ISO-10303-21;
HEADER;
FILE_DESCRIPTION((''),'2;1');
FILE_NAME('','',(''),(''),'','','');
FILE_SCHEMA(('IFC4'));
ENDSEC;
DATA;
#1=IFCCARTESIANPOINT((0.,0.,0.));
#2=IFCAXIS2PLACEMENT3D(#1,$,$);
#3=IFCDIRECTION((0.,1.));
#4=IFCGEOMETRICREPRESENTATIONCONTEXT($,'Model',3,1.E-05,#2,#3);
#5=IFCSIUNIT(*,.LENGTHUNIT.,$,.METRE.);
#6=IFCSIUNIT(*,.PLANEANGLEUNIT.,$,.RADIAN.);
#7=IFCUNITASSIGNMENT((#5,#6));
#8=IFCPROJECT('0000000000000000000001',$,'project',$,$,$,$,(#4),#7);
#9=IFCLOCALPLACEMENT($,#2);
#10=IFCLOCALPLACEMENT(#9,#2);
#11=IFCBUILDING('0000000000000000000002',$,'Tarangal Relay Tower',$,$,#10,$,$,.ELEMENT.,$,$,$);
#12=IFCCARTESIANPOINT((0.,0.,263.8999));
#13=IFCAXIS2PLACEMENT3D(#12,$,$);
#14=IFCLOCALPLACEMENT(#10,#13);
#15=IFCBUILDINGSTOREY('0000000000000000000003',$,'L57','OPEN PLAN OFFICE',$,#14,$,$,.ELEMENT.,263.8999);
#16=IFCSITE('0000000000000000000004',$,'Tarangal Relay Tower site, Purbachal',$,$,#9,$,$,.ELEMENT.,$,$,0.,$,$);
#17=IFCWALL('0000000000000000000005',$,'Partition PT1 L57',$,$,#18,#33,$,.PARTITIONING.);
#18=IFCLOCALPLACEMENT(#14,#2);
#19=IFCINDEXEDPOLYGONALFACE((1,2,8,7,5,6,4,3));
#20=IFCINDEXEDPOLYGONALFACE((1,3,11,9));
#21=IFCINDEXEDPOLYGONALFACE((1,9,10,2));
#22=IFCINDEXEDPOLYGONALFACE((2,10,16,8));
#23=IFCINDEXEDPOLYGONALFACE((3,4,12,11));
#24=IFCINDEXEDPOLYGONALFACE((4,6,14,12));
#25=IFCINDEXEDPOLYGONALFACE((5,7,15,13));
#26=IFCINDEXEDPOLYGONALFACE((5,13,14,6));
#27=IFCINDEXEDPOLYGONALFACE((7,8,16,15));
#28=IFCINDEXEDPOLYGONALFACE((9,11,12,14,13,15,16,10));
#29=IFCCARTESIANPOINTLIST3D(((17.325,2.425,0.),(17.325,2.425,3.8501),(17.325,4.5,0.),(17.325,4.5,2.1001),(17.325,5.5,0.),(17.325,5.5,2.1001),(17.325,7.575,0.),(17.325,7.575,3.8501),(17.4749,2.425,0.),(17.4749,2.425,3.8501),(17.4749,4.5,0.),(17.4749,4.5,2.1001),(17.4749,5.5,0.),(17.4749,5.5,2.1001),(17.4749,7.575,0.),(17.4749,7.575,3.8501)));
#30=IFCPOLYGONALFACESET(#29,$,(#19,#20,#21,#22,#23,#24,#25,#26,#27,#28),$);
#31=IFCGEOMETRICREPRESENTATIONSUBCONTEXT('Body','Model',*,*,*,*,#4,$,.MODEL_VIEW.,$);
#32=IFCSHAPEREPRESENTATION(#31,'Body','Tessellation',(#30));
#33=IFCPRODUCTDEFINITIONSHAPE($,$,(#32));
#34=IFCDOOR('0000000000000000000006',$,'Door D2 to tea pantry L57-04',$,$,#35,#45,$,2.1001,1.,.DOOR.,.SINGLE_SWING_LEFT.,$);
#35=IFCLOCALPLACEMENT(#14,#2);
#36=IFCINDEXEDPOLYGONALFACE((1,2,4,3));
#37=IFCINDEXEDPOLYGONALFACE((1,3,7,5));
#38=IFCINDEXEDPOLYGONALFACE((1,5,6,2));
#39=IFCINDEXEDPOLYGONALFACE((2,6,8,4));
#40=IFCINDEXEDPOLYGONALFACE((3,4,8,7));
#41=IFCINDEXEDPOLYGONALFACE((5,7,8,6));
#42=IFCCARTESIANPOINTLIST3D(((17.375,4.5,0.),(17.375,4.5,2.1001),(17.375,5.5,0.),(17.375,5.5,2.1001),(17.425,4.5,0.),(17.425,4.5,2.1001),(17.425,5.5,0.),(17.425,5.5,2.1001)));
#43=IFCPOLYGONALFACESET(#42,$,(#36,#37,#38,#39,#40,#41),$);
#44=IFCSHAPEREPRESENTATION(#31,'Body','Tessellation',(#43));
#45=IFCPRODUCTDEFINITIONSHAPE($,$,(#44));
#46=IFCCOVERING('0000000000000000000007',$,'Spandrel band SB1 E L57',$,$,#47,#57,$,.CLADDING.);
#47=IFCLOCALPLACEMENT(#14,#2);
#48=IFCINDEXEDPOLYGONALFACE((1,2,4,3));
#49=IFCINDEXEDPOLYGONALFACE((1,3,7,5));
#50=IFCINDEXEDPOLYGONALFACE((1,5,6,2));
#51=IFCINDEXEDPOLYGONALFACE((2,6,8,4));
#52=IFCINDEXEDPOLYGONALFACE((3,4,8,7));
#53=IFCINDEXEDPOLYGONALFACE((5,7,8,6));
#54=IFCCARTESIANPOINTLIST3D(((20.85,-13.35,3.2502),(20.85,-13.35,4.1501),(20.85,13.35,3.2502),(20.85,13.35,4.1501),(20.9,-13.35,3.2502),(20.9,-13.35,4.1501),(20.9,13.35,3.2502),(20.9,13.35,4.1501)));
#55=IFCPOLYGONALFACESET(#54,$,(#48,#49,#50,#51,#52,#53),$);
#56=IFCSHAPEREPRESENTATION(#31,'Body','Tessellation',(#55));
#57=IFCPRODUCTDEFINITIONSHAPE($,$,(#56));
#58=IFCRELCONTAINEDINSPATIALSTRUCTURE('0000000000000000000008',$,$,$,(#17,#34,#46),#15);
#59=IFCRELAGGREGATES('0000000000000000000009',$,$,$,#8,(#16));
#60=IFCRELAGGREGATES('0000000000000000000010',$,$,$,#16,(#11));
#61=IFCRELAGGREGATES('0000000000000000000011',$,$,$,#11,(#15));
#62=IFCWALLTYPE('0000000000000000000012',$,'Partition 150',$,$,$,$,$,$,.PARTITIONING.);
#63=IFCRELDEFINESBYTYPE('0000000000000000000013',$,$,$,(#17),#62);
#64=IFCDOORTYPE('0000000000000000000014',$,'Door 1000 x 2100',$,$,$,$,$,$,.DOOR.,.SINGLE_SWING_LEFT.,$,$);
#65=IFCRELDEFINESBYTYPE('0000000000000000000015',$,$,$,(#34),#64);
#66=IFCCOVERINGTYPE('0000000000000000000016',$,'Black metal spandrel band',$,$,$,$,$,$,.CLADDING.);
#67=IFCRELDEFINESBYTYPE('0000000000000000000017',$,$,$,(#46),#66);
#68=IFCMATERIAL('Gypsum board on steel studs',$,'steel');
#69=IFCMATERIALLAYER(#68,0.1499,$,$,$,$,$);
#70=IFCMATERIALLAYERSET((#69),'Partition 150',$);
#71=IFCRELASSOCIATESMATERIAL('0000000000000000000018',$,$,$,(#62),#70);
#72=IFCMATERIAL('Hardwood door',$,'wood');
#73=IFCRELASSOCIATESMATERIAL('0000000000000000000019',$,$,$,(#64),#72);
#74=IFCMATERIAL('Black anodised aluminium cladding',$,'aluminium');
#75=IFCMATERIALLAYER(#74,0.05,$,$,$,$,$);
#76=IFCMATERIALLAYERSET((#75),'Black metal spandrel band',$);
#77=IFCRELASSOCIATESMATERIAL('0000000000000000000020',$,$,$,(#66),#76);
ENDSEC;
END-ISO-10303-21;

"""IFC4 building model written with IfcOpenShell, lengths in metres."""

from ifc_helpers import new_model, si_unit, direction, frame, frame_2d, origin, origin_2d, place, context, subcontext, project, spatial, rectangle, extrude, material, layer, layer_set, type_object, element, fill, save


model = new_model("IFC4")

# Units and contexts
model_context = context("Model", 3, precision=1e-05, world=origin(), true_north=direction((0.0, 1.0)))
body_context = subcontext(model_context, "Body", "Model", "MODEL_VIEW")
ifc_project = project(units=[si_unit("LENGTHUNIT", "METRE"), si_unit("PLANEANGLEUNIT", "RADIAN")], contexts=[model_context])

# Site, building, storey
site_placement = place(None, origin())
site = spatial("IfcSite", under=ifc_project, at=site_placement, Name="Tarangal Relay Tower site, Purbachal", CompositionType="ELEMENT", RefElevation=0.0)
building_placement = place(site_placement, origin())
building = spatial("IfcBuilding", under=site, at=building_placement, Name="Tarangal Relay Tower", CompositionType="ELEMENT")
storey_placement = place(building_placement, frame((0.0, 0.0, 263.8999)))
storey = spatial("IfcBuildingStorey", under=building, at=storey_placement, Name="L57", Description="OPEN PLAN OFFICE", CompositionType="ELEMENT", Elevation=263.8999)

# Shared definitions
ifc_material_1 = material(Name="Gypsum board on steel studs", Category="steel")
ifc_layer_1 = layer(ifc_material_1, 0.1499)
ifc_layer_set_1 = layer_set([ifc_layer_1], Name="Partition 150")
wall_type_1 = type_object("IfcWallType", Name="Partition 150", PredefinedType="PARTITIONING", material=ifc_layer_set_1)

# Wall, opening, door
wall_1_placement = place(storey_placement, frame((17.3999, 2.425, 0.0), z_axis=(0.0, 0.0, 1.0), x_axis=(0.0, 1.0, 0.0)))
wall_1 = element("IfcWall", 1, at=wall_1_placement, inside=storey, type_object=wall_type_1, Name="Partition PT1 L57", PredefinedType="PARTITIONING", context=body_context, shape_type="SweptSolid", body=[
    extrude(rectangle(XDim=5.1499, YDim=0.1499, at=frame_2d((2.575, 0.0))), origin(), (0.0, 0.0, 1.0), 3.8501),
])
opening_placement = place(wall_1_placement, frame((2.075, 0.0, 0.0)))
opening = element("IfcOpeningElement", 2, at=opening_placement, cuts=wall_1, PredefinedType="OPENING", context=body_context, shape_type="SweptSolid", body=[
    extrude(rectangle(XDim=1.0, YDim=2.1001, at=frame_2d((0.5, 1.05))), frame((0.0, 0.085, 0.0), z_axis=(0.0, -1.0, 0.0), x_axis=(1.0, 0.0, 0.0)), (0.0, 0.0, 1.0), 0.1699),
])
ifc_material_2 = material(Name="Hardwood door", Category="wood")
door_type = type_object("IfcDoorType", Name="Door 1000 x 2100", OperationType="SINGLE_SWING_LEFT", PredefinedType="DOOR", material=ifc_material_2)
door_placement = place(opening_placement, origin())
door = element("IfcDoor", 3, at=door_placement, inside=storey, type_object=door_type, Name="Door D2 to tea pantry L57-04", OperationType="SINGLE_SWING_LEFT", OverallHeight=2.1001, OverallWidth=1.0, PredefinedType="DOOR", context=body_context, shape_type="SweptSolid", body=[
    extrude(rectangle(XDim=1.0, YDim=2.1001, at=frame_2d((0.5, 1.05))), frame((0.0, 0.0249, 0.0), z_axis=(0.0, -1.0, 0.0), x_axis=(1.0, 0.0, 0.0)), (0.0, 0.0, 1.0), 0.05),
])
fill(opening, door)

# Covering
ifc_material_3 = material(Name="Black anodised aluminium cladding", Category="aluminium")
ifc_layer_2 = layer(ifc_material_3, 0.05)
ifc_layer_set_2 = layer_set([ifc_layer_2], Name="Black metal spandrel band")
covering_type = type_object("IfcCoveringType", Name="Black metal spandrel band", PredefinedType="CLADDING", material=ifc_layer_set_2)
covering_placement = place(storey_placement, frame((20.875, 0.0, 3.2502), z_axis=(0.0, 0.0, 1.0), x_axis=(0.0, -1.0, 0.0)))
element("IfcCovering", 4, at=covering_placement, inside=storey, type_object=covering_type, Name="Spandrel band SB1 E L57", PredefinedType="CLADDING", context=body_context, shape_type="SweptSolid", body=[
    extrude(rectangle(XDim=26.7, YDim=0.05, at=origin_2d()), origin(), (0.0, 0.0, 1.0), 0.8999),
])

save(model, "model.ifc")
